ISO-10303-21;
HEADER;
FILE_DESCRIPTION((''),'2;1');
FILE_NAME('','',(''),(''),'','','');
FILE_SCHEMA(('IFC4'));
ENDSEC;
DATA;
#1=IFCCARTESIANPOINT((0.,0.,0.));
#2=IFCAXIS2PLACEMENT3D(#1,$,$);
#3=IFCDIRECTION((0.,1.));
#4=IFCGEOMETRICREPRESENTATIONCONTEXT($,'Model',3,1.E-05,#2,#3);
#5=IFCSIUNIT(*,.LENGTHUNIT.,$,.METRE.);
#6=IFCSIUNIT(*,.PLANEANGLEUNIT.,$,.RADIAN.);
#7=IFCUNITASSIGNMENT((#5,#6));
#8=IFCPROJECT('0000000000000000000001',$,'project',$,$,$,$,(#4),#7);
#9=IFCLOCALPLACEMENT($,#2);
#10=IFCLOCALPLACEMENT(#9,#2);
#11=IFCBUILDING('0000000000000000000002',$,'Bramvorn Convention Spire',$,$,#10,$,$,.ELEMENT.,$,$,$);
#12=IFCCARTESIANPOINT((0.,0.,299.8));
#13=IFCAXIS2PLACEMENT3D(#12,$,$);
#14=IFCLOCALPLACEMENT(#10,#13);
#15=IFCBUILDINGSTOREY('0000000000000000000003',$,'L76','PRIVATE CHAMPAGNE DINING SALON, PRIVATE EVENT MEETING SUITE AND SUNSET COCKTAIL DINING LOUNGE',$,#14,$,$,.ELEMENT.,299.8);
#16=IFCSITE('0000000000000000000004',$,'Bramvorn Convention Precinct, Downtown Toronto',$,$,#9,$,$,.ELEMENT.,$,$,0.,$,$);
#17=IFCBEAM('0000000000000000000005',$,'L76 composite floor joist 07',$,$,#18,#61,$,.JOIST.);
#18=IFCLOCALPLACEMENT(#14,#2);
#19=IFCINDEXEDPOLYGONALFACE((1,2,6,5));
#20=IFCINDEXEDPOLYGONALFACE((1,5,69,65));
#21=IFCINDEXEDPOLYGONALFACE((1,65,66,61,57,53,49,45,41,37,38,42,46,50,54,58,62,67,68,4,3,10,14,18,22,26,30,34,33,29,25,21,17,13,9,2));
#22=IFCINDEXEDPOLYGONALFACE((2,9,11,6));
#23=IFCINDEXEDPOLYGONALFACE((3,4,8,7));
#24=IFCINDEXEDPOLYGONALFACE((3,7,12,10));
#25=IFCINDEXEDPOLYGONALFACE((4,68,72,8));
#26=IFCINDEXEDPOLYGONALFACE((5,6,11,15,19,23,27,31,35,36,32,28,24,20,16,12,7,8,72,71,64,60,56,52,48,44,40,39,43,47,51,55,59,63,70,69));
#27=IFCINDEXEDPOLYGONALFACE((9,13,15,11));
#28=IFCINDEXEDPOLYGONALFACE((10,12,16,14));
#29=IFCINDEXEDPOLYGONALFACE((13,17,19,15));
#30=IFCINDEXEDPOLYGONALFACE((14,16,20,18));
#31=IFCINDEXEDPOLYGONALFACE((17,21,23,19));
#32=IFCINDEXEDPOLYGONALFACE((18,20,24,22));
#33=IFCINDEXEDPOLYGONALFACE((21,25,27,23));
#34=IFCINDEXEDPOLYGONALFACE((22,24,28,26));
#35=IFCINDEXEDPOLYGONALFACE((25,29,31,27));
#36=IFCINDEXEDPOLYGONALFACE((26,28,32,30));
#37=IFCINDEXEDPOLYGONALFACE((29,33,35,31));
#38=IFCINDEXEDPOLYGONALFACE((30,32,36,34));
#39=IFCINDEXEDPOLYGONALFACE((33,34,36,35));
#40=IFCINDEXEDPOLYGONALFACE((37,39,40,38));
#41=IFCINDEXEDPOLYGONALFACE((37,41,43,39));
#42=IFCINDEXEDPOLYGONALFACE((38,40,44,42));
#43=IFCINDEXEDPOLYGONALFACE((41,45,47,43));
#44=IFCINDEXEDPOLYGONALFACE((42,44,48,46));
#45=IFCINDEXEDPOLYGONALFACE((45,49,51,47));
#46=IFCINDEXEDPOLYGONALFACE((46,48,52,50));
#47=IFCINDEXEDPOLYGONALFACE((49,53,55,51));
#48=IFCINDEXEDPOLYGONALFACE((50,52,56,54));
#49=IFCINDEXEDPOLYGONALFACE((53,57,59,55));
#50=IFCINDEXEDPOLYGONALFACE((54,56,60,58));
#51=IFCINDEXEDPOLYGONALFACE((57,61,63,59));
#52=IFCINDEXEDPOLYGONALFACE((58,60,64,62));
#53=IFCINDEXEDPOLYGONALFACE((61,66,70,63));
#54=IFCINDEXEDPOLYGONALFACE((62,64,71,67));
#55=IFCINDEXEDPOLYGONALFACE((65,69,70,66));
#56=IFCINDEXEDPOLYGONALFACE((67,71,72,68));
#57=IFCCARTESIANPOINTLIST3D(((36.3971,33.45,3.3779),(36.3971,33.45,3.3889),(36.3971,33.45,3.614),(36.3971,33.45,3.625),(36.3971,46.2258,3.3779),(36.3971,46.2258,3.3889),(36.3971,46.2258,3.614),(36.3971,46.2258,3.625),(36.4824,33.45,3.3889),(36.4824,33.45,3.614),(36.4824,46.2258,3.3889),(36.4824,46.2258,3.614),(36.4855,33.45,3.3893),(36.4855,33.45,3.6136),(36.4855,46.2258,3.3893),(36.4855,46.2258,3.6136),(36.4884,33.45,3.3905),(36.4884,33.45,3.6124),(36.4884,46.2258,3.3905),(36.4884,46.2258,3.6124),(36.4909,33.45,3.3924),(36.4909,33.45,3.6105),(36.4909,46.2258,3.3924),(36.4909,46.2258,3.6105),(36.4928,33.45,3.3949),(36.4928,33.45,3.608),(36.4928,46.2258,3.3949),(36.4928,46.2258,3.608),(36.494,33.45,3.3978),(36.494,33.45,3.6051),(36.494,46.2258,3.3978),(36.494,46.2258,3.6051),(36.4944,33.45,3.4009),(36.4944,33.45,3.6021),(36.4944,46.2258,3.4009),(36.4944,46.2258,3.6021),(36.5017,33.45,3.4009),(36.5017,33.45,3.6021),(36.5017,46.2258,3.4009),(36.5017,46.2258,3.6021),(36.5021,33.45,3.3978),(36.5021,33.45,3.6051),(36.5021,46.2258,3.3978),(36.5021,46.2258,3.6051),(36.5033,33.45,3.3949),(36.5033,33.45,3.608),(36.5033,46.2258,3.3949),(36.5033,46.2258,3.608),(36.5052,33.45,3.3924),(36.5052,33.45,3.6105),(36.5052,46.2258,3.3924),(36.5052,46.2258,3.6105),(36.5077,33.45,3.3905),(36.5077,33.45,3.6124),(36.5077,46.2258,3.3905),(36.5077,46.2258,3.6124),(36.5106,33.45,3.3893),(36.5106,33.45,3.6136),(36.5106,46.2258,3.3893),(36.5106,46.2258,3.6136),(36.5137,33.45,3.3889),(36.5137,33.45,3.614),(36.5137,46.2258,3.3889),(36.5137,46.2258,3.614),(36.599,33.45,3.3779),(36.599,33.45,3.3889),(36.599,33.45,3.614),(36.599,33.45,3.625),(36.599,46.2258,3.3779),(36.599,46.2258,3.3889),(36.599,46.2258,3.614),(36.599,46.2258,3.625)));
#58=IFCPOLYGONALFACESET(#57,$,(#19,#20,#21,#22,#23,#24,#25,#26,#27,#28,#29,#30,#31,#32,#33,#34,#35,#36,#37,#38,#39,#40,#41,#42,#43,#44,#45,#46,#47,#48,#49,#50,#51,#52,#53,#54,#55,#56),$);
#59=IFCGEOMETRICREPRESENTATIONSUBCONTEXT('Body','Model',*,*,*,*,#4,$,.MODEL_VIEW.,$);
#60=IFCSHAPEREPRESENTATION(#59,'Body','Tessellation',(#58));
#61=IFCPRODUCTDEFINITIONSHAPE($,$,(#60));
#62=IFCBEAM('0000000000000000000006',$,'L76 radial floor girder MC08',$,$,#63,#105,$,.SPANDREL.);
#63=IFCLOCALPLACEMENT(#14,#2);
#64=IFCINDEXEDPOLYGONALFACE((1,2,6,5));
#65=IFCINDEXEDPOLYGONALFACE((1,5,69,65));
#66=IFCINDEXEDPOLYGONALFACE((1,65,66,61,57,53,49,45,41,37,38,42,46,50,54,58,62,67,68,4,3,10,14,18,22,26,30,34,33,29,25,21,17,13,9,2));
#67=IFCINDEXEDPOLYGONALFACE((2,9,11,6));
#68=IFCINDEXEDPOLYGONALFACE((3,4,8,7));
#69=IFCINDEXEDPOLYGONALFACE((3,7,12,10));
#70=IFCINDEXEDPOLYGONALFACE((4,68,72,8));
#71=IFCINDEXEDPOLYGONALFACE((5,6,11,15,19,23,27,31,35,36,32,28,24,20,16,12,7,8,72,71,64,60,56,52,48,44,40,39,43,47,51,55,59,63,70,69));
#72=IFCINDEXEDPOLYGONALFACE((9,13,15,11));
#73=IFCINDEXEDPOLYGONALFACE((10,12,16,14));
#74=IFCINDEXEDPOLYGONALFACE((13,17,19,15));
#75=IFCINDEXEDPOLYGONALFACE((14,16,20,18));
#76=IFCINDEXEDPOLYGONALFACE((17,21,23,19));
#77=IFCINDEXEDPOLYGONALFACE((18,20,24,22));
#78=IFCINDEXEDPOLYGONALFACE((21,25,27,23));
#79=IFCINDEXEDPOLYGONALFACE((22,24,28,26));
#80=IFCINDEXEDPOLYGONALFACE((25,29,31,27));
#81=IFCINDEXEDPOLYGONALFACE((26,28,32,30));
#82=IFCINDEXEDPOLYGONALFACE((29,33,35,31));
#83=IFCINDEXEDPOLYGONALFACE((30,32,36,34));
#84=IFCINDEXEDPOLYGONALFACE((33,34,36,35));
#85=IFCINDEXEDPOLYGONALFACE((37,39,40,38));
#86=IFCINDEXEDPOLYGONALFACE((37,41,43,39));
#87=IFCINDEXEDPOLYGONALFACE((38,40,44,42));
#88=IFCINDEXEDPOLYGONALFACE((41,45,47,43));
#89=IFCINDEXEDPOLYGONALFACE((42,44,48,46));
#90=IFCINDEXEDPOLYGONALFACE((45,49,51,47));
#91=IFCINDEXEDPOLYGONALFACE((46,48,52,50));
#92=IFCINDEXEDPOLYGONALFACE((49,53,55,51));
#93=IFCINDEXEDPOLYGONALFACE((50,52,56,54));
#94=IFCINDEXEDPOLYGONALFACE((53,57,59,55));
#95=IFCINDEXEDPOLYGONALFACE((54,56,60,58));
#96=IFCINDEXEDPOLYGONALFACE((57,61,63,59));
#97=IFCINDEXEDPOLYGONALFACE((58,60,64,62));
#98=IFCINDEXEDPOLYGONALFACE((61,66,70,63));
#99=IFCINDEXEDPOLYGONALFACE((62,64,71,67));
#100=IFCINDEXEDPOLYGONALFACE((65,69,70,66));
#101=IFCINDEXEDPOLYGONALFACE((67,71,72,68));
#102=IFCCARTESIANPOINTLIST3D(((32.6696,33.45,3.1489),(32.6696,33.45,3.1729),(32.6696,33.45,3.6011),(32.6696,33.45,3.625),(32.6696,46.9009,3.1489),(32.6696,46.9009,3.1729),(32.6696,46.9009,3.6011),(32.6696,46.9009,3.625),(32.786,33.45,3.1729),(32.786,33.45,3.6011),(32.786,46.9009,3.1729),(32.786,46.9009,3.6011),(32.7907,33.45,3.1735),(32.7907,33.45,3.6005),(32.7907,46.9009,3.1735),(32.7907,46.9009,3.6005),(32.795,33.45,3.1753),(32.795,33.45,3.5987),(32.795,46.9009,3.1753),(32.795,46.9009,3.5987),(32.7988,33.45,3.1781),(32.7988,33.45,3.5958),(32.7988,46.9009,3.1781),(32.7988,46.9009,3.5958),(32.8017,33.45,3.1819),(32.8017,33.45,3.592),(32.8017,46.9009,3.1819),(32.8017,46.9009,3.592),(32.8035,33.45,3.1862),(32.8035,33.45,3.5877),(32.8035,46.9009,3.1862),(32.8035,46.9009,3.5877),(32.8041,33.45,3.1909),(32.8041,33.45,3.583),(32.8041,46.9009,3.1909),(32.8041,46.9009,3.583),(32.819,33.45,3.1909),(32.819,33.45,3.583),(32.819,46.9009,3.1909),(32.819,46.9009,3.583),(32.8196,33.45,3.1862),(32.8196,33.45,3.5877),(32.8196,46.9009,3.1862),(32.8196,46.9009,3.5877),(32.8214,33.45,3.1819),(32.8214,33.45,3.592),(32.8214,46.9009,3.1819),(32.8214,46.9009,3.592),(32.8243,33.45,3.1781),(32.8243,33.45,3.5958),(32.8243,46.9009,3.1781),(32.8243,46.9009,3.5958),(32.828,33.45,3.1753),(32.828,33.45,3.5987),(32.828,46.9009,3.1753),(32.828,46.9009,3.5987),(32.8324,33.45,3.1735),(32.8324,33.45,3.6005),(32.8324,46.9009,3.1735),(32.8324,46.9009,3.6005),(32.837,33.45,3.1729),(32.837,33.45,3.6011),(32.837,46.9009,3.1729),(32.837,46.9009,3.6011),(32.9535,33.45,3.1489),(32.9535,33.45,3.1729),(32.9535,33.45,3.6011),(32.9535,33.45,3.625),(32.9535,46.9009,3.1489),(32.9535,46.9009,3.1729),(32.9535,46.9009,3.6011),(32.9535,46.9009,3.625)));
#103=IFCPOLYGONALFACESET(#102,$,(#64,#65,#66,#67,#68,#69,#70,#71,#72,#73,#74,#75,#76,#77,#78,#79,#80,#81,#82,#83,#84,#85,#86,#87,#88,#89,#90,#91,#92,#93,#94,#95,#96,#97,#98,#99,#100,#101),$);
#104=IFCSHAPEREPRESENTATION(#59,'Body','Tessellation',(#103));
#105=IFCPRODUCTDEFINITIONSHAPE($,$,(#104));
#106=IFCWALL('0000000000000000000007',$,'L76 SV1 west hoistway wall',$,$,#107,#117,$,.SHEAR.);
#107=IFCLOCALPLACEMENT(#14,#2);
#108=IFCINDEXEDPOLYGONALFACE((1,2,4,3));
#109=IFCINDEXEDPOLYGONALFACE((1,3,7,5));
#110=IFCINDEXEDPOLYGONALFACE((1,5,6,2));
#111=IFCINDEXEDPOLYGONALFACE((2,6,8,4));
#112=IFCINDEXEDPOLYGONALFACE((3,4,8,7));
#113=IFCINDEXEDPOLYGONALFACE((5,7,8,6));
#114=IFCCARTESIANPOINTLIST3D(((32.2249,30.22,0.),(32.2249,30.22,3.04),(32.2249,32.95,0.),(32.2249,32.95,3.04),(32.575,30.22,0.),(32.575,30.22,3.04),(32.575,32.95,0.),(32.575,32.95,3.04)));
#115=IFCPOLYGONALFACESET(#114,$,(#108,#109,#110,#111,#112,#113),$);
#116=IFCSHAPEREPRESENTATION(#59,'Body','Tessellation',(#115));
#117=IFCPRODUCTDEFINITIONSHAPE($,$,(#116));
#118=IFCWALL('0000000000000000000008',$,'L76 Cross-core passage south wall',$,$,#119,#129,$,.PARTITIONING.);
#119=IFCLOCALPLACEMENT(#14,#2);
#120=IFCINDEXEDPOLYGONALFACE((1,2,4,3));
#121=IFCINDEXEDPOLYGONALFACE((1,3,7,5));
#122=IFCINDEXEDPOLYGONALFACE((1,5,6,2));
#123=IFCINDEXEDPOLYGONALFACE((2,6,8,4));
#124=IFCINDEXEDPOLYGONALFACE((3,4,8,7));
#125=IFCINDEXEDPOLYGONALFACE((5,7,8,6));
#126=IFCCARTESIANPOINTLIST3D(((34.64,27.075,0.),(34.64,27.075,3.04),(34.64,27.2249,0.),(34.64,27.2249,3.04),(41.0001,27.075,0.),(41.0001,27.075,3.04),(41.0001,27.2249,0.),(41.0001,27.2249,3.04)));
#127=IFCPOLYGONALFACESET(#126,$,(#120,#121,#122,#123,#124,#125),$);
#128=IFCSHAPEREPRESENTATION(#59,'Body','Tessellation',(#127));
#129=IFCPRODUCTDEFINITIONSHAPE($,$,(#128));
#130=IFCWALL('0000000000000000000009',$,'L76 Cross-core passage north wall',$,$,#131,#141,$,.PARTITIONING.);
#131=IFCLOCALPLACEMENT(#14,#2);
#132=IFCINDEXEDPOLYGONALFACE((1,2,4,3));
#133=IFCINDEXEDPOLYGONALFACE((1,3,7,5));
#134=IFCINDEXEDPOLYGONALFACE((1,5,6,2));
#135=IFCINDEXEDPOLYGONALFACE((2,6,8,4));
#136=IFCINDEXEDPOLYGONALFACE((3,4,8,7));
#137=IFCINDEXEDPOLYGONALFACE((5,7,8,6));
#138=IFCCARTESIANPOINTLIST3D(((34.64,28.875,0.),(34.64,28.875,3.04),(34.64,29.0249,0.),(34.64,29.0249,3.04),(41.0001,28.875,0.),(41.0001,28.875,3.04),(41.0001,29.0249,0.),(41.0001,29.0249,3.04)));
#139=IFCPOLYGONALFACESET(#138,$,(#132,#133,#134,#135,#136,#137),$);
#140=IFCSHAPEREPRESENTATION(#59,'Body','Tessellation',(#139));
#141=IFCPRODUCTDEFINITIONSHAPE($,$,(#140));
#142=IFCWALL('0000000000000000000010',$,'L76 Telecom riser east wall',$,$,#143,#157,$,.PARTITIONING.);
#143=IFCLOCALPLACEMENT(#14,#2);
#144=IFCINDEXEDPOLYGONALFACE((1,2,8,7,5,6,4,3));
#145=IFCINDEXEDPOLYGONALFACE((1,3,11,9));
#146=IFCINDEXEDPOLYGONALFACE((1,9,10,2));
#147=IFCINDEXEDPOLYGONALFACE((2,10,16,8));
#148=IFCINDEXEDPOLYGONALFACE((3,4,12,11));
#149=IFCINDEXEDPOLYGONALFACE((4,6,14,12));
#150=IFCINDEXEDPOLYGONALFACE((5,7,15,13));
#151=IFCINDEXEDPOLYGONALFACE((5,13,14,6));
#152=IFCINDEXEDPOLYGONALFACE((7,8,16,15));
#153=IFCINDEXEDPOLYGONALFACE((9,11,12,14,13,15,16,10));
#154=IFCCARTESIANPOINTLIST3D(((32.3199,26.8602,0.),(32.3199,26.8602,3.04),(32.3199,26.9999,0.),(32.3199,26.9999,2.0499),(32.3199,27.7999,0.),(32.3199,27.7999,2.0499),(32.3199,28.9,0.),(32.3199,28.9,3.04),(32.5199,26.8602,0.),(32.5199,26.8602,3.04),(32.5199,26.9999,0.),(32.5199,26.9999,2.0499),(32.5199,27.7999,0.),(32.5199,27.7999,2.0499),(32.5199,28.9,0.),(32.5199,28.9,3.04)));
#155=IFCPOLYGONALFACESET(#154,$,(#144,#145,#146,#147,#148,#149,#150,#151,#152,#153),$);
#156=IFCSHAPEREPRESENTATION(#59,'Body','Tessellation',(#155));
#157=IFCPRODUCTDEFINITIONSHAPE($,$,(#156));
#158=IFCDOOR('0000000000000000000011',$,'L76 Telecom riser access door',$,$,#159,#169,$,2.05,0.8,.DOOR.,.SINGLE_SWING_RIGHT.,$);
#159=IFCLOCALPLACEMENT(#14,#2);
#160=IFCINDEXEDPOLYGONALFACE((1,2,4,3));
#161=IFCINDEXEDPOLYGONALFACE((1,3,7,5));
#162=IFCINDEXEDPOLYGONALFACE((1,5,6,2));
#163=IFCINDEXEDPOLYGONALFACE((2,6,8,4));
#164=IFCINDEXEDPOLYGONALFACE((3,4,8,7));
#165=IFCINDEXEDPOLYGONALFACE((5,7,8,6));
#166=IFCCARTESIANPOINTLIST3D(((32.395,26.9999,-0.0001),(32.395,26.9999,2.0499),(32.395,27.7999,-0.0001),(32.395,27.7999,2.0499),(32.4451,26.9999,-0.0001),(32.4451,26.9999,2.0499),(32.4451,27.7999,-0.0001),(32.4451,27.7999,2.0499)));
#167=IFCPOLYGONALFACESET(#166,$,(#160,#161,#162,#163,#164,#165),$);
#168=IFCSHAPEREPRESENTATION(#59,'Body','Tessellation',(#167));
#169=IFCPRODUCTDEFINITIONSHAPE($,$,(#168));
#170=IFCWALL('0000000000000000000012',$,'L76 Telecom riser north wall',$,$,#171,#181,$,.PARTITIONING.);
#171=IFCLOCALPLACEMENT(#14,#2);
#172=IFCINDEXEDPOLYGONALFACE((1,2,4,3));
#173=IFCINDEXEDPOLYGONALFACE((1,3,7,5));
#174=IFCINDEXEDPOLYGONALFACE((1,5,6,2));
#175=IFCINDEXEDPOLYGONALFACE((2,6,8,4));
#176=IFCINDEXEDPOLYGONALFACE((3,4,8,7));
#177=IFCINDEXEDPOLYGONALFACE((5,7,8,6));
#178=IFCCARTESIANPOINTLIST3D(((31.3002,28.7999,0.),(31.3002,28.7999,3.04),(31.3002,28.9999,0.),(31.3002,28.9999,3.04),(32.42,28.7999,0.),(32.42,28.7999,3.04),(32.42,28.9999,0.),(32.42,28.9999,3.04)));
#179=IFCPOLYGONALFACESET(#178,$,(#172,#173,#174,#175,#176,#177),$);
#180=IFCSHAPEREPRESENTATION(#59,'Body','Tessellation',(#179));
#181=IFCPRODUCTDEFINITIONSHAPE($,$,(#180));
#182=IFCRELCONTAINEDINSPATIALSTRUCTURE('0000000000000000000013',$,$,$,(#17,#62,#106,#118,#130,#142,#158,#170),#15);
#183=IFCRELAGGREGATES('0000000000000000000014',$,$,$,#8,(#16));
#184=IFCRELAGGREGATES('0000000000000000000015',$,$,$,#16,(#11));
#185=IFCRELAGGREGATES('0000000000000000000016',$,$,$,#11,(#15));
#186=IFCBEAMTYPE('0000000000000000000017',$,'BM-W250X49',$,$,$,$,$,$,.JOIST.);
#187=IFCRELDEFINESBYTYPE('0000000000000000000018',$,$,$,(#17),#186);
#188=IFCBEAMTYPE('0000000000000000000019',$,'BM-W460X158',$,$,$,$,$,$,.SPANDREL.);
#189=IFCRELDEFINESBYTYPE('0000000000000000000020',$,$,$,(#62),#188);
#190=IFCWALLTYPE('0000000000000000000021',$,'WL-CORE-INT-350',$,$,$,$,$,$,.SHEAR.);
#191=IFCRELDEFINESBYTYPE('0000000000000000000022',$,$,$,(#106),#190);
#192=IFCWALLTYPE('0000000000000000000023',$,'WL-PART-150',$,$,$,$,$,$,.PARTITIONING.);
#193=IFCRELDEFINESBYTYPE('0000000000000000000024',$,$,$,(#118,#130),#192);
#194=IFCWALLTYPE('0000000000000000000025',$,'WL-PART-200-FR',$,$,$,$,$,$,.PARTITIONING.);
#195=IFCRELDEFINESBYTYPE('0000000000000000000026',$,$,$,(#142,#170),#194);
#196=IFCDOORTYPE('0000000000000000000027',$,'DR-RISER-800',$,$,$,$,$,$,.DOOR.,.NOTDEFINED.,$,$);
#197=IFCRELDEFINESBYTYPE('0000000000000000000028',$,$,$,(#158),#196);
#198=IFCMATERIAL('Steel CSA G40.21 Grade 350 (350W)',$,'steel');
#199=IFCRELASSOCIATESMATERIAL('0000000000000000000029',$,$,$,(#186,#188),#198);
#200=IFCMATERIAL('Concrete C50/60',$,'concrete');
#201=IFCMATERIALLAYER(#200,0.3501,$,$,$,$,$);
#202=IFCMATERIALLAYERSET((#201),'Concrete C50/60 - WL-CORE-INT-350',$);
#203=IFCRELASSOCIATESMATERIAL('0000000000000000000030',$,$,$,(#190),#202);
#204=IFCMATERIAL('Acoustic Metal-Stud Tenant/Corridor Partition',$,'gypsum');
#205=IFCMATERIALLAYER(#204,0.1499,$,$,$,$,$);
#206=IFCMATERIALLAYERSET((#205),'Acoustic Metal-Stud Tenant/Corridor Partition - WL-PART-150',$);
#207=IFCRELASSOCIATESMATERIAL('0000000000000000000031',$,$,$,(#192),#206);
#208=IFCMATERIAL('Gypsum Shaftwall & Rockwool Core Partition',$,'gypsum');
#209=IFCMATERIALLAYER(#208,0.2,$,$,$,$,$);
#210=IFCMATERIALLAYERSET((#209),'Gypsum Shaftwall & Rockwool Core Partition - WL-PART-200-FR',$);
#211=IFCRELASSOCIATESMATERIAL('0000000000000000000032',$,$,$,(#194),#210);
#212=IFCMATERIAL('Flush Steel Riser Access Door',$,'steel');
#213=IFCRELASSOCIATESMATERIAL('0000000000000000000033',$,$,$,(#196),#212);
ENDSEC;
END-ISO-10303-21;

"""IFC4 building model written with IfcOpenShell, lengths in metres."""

from ifc_helpers import new_model, si_unit, direction, frame, frame_2d, origin, origin_2d, place, context, subcontext, project, spatial, rectangle, i_section, extrude, material, layer, layer_set, material_profile, profile_set, type_object, element, fill, save


model = new_model("IFC4")

# Units and contexts
model_context = context("Model", 3, precision=1e-05, world=origin(), true_north=direction((0.0, 1.0)))
body_context = subcontext(model_context, "Body", "Model", "MODEL_VIEW")
ifc_project = project(units=[si_unit("LENGTHUNIT", "METRE"), si_unit("PLANEANGLEUNIT", "RADIAN")], contexts=[model_context])

# Site, building, storey
site_placement = place(None, origin())
site = spatial("IfcSite", under=ifc_project, at=site_placement, Name="Bramvorn Convention Precinct, Downtown Toronto", CompositionType="ELEMENT", RefElevation=0.0)
building_placement = place(site_placement, origin())
building = spatial("IfcBuilding", under=site, at=building_placement, Name="Bramvorn Convention Spire", CompositionType="ELEMENT")
storey_placement = place(building_placement, frame((0.0, 0.0, 299.8)))
storey = spatial("IfcBuildingStorey", under=building, at=storey_placement, Name="L76", Description="PRIVATE CHAMPAGNE DINING SALON, PRIVATE EVENT MEETING SUITE AND SUNSET COCKTAIL DINING LOUNGE", CompositionType="ELEMENT", Elevation=299.8)

# Beams
ifc_material_1 = material(Name="Steel CSA G40.21 Grade 350 (350W)", Category="steel")
ifc_material_profile_1 = material_profile(ifc_material_1, i_section(OverallWidth=0.2019, OverallDepth=0.2471, WebThickness=0.0073, FlangeThickness=0.011, FilletRadius=0.012, at=origin_2d()))
ifc_profile_set_1 = profile_set([ifc_material_profile_1], Name="Steel CSA G40.21 Grade 350 (350W) - W250X49")
beam_type_1 = type_object("IfcBeamType", Name="BM-W250X49", PredefinedType="JOIST", material=ifc_profile_set_1)
beam_1_placement = place(storey_placement, frame((36.498, 33.45, 3.5015), z_axis=(0.0, 1.0, 0.0), x_axis=(-1.0, 0.0, 0.0)))
element("IfcBeam", 1, at=beam_1_placement, inside=storey, type_object=beam_type_1, Name="L76 composite floor joist 07", PredefinedType="JOIST", context=body_context, shape_type="SweptSolid", body=[
    extrude(i_section(OverallWidth=0.2019, OverallDepth=0.2471, WebThickness=0.0073, FlangeThickness=0.011, FilletRadius=0.012, at=origin_2d()), origin(), (0.0, 0.0, 1.0), 12.7759),
])
ifc_material_profile_2 = material_profile(ifc_material_1, i_section(OverallWidth=0.2839, OverallDepth=0.4761, WebThickness=0.0149, FlangeThickness=0.0239, FilletRadius=0.0181, at=origin_2d()))
ifc_profile_set_2 = profile_set([ifc_material_profile_2], Name="Steel CSA G40.21 Grade 350 (350W) - W460X158")
beam_type_2 = type_object("IfcBeamType", Name="BM-W460X158", PredefinedType="SPANDREL", material=ifc_profile_set_2)
beam_2_placement = place(storey_placement, frame((32.8115, 33.45, 3.387), z_axis=(0.0, 1.0, 0.0), x_axis=(-1.0, 0.0, 0.0)))
element("IfcBeam", 2, at=beam_2_placement, inside=storey, type_object=beam_type_2, Name="L76 radial floor girder MC08", PredefinedType="SPANDREL", context=body_context, shape_type="SweptSolid", body=[
    extrude(i_section(OverallWidth=0.2839, OverallDepth=0.4761, WebThickness=0.0149, FlangeThickness=0.0239, FilletRadius=0.0181, at=origin_2d()), origin(), (0.0, 0.0, 1.0), 13.4509),
])

# Shared definitions
ifc_material_2 = material(Name="Concrete C50/60", Category="concrete")
ifc_layer_1 = layer(ifc_material_2, 0.3501)
ifc_layer_set_1 = layer_set([ifc_layer_1], Name="Concrete C50/60 - WL-CORE-INT-350")
wall_type_1 = type_object("IfcWallType", Name="WL-CORE-INT-350", PredefinedType="SHEAR", material=ifc_layer_set_1)

# Walls
wall_1_placement = place(storey_placement, frame((32.3999, 30.22, 0.0), z_axis=(0.0, 0.0, 1.0), x_axis=(0.0, 1.0, 0.0)))
element("IfcWall", 3, at=wall_1_placement, inside=storey, type_object=wall_type_1, Name="L76 SV1 west hoistway wall", PredefinedType="SHEAR", context=body_context, shape_type="SweptSolid", body=[
    extrude(rectangle(XDim=2.73, YDim=0.3501, at=frame_2d((1.365, 0.0))), origin(), (0.0, 0.0, 1.0), 3.04),
])
ifc_material_3 = material(Name="Acoustic Metal-Stud Tenant/Corridor Partition", Category="gypsum")
ifc_layer_2 = layer(ifc_material_3, 0.1499)
ifc_layer_set_2 = layer_set([ifc_layer_2], Name="Acoustic Metal-Stud Tenant/Corridor Partition - WL-PART-150")
wall_type_2 = type_object("IfcWallType", Name="WL-PART-150", PredefinedType="PARTITIONING", material=ifc_layer_set_2)
for number, where, z_axis, x_axis, name in (
    (4, (34.6399, 27.1499, 0.0), (0.0, 0.0, 1.0), (1.0, 0.0, 0.0), "L76 Cross-core passage south wall"),
    (5, (34.6399, 28.95, 0.0), (0.0, 0.0, 1.0), (1.0, 0.0, 0.0), "L76 Cross-core passage north wall"),
):
    element("IfcWall", number, at=place(storey_placement, frame(where, z_axis=z_axis, x_axis=x_axis)), inside=storey, type_object=wall_type_2, Name=name, PredefinedType="PARTITIONING", context=body_context, shape_type="SweptSolid", body=[
        extrude(rectangle(XDim=6.3601, YDim=0.1499, at=frame_2d((3.1802, 0.0))), origin(), (0.0, 0.0, 1.0), 3.04),
    ])

# Wall, opening, door
ifc_material_4 = material(Name="Gypsum Shaftwall & Rockwool Core Partition", Category="gypsum")
ifc_layer_3 = layer(ifc_material_4, 0.2)
ifc_layer_set_3 = layer_set([ifc_layer_3], Name="Gypsum Shaftwall & Rockwool Core Partition - WL-PART-200-FR")
wall_type_3 = type_object("IfcWallType", Name="WL-PART-200-FR", PredefinedType="PARTITIONING", material=ifc_layer_set_3)
wall_2_placement = place(storey_placement, frame((32.4199, 26.8601, 0.0), z_axis=(0.0, 0.0, 1.0), x_axis=(0.0, 1.0, 0.0)))
wall_2 = element("IfcWall", 6, at=wall_2_placement, inside=storey, type_object=wall_type_3, Name="L76 Telecom riser east wall", PredefinedType="PARTITIONING", context=body_context, shape_type="SweptSolid", body=[
    extrude(rectangle(XDim=2.0398, YDim=0.2, at=frame_2d((1.02, 0.0))), origin(), (0.0, 0.0, 1.0), 3.04),
])
opening_1_placement = place(wall_2_placement, frame((0.1399, 0.0, 0.0)))
opening_1 = element("IfcOpeningElement", 7, at=opening_1_placement, cuts=wall_2, PredefinedType="OPENING", context=body_context, shape_type="SweptSolid", body=[
    extrude(rectangle(XDim=0.8, YDim=2.05, at=frame_2d((0.3999, 1.0249))), frame((0.0, 0.1099, 0.0), z_axis=(0.0, -1.0, 0.0), x_axis=(1.0, 0.0, 0.0)), (0.0, 0.0, 1.0), 0.22),
])
ifc_material_5 = material(Name="Flush Steel Riser Access Door", Category="steel")
door_type_1 = type_object("IfcDoorType", Name="DR-RISER-800", OperationType="NOTDEFINED", PredefinedType="DOOR", material=ifc_material_5)
door_1_placement = place(opening_1_placement, origin())
door_1 = element("IfcDoor", 8, at=door_1_placement, inside=storey, type_object=door_type_1, Name="L76 Telecom riser access door", OperationType="SINGLE_SWING_RIGHT", OverallHeight=2.05, OverallWidth=0.8, PredefinedType="DOOR", context=body_context, shape_type="SweptSolid", body=[
    extrude(rectangle(XDim=0.8, YDim=2.05, at=frame_2d((0.3999, 1.0249))), frame((0.0, 0.0249, 0.0), z_axis=(0.0, -1.0, 0.0), x_axis=(1.0, 0.0, 0.0)), (0.0, 0.0, 1.0), 0.05),
])
fill(opening_1, door_1)

# Wall
wall_3_placement = place(storey_placement, frame((31.3, 28.8999, 0.0), z_axis=(0.0, 0.0, 1.0), x_axis=(1.0, 0.0, 0.0)))
element("IfcWall", 9, at=wall_3_placement, inside=storey, type_object=wall_type_3, Name="L76 Telecom riser north wall", PredefinedType="PARTITIONING", context=body_context, shape_type="SweptSolid", body=[
    extrude(rectangle(XDim=1.1199, YDim=0.2, at=frame_2d((0.5601, 0.0))), origin(), (0.0, 0.0, 1.0), 3.04),
])

save(model, "model.ifc")
